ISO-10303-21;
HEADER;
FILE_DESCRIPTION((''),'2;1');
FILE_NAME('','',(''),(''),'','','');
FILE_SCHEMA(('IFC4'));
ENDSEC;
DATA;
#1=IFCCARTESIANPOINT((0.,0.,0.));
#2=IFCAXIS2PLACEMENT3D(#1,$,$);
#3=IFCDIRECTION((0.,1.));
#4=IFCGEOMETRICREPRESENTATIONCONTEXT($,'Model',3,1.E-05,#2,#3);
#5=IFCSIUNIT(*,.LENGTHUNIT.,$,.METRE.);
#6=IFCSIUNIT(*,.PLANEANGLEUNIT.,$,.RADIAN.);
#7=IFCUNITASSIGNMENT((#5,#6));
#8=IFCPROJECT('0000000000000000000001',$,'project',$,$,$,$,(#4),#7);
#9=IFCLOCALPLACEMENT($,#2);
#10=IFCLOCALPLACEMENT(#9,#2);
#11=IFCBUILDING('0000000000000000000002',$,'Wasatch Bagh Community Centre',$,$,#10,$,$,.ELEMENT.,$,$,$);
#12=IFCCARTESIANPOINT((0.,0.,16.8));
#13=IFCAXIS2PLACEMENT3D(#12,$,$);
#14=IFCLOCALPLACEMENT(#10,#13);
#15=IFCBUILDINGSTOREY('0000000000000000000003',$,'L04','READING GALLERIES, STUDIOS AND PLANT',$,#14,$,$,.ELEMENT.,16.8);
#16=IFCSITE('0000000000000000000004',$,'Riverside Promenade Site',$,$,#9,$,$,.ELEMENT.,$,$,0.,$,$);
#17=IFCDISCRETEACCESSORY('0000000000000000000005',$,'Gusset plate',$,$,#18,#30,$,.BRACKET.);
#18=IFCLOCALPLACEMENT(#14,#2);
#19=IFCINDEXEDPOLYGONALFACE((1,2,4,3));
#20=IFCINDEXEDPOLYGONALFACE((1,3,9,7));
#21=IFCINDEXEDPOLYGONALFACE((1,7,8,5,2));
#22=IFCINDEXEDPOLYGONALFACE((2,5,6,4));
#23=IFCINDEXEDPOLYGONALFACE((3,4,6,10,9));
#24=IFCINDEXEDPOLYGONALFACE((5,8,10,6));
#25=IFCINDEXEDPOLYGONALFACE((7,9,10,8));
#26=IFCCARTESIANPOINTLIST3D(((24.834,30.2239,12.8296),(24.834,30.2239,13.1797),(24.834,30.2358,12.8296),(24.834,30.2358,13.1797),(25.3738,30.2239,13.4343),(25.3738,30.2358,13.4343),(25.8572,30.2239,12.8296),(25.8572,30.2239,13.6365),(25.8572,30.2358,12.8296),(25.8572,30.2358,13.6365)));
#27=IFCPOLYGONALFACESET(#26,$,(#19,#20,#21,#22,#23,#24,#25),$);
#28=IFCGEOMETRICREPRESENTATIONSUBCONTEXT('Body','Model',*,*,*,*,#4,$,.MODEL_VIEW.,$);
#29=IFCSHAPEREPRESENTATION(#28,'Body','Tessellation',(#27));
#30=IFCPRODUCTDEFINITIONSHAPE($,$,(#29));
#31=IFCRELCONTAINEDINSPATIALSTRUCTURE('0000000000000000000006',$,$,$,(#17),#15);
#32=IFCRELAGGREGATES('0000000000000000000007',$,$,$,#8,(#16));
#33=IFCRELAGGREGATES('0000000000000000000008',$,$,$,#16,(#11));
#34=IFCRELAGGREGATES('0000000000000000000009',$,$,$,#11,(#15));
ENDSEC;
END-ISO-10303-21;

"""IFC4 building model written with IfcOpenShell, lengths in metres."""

from ifc_helpers import new_model, si_unit, direction, frame, origin, place, context, subcontext, project, spatial, polyline, outline, extrude, element, save


model = new_model("IFC4")

# Units and contexts
model_context = context("Model", 3, precision=1e-05, world=origin(), true_north=direction((0.0, 1.0)))
body_context = subcontext(model_context, "Body", "Model", "MODEL_VIEW")
ifc_project = project(units=[si_unit("LENGTHUNIT", "METRE"), si_unit("PLANEANGLEUNIT", "RADIAN")], contexts=[model_context])

# Site, building, storey
site_placement = place(None, origin())
site = spatial("IfcSite", under=ifc_project, at=site_placement, Name="Riverside Promenade Site", CompositionType="ELEMENT", RefElevation=0.0)
building_placement = place(site_placement, origin())
building = spatial("IfcBuilding", under=site, at=building_placement, Name="Wasatch Bagh Community Centre", CompositionType="ELEMENT")
storey_placement = place(building_placement, frame((0.0, 0.0, 16.8)))
storey = spatial("IfcBuildingStorey", under=building, at=storey_placement, Name="L04", Description="READING GALLERIES, STUDIOS AND PLANT", CompositionType="ELEMENT", Elevation=16.8)

# Discrete accessory
discrete_accessory_1_placement = place(storey_placement, frame((24.834, 30.2358, 13.1797), z_axis=(0.0, 1.0, 0.0), x_axis=(0.90442, 0.0, 0.426644)))
element("IfcDiscreteAccessory", 1, at=discrete_accessory_1_placement, inside=storey, Name="Gusset plate", PredefinedType="BRACKET", context=body_context, shape_type="SweptSolid", body=[
    extrude(outline(polyline([(0.0, 0.0), (0.5968, 0.0), (1.1203, 0.0234), (0.776, 0.7532), (-0.1494, 0.3166), (0.0, 0.0)])), origin(), (0.0, 0.0, -1.0), 0.012),
])

save(model, "model.ifc")
